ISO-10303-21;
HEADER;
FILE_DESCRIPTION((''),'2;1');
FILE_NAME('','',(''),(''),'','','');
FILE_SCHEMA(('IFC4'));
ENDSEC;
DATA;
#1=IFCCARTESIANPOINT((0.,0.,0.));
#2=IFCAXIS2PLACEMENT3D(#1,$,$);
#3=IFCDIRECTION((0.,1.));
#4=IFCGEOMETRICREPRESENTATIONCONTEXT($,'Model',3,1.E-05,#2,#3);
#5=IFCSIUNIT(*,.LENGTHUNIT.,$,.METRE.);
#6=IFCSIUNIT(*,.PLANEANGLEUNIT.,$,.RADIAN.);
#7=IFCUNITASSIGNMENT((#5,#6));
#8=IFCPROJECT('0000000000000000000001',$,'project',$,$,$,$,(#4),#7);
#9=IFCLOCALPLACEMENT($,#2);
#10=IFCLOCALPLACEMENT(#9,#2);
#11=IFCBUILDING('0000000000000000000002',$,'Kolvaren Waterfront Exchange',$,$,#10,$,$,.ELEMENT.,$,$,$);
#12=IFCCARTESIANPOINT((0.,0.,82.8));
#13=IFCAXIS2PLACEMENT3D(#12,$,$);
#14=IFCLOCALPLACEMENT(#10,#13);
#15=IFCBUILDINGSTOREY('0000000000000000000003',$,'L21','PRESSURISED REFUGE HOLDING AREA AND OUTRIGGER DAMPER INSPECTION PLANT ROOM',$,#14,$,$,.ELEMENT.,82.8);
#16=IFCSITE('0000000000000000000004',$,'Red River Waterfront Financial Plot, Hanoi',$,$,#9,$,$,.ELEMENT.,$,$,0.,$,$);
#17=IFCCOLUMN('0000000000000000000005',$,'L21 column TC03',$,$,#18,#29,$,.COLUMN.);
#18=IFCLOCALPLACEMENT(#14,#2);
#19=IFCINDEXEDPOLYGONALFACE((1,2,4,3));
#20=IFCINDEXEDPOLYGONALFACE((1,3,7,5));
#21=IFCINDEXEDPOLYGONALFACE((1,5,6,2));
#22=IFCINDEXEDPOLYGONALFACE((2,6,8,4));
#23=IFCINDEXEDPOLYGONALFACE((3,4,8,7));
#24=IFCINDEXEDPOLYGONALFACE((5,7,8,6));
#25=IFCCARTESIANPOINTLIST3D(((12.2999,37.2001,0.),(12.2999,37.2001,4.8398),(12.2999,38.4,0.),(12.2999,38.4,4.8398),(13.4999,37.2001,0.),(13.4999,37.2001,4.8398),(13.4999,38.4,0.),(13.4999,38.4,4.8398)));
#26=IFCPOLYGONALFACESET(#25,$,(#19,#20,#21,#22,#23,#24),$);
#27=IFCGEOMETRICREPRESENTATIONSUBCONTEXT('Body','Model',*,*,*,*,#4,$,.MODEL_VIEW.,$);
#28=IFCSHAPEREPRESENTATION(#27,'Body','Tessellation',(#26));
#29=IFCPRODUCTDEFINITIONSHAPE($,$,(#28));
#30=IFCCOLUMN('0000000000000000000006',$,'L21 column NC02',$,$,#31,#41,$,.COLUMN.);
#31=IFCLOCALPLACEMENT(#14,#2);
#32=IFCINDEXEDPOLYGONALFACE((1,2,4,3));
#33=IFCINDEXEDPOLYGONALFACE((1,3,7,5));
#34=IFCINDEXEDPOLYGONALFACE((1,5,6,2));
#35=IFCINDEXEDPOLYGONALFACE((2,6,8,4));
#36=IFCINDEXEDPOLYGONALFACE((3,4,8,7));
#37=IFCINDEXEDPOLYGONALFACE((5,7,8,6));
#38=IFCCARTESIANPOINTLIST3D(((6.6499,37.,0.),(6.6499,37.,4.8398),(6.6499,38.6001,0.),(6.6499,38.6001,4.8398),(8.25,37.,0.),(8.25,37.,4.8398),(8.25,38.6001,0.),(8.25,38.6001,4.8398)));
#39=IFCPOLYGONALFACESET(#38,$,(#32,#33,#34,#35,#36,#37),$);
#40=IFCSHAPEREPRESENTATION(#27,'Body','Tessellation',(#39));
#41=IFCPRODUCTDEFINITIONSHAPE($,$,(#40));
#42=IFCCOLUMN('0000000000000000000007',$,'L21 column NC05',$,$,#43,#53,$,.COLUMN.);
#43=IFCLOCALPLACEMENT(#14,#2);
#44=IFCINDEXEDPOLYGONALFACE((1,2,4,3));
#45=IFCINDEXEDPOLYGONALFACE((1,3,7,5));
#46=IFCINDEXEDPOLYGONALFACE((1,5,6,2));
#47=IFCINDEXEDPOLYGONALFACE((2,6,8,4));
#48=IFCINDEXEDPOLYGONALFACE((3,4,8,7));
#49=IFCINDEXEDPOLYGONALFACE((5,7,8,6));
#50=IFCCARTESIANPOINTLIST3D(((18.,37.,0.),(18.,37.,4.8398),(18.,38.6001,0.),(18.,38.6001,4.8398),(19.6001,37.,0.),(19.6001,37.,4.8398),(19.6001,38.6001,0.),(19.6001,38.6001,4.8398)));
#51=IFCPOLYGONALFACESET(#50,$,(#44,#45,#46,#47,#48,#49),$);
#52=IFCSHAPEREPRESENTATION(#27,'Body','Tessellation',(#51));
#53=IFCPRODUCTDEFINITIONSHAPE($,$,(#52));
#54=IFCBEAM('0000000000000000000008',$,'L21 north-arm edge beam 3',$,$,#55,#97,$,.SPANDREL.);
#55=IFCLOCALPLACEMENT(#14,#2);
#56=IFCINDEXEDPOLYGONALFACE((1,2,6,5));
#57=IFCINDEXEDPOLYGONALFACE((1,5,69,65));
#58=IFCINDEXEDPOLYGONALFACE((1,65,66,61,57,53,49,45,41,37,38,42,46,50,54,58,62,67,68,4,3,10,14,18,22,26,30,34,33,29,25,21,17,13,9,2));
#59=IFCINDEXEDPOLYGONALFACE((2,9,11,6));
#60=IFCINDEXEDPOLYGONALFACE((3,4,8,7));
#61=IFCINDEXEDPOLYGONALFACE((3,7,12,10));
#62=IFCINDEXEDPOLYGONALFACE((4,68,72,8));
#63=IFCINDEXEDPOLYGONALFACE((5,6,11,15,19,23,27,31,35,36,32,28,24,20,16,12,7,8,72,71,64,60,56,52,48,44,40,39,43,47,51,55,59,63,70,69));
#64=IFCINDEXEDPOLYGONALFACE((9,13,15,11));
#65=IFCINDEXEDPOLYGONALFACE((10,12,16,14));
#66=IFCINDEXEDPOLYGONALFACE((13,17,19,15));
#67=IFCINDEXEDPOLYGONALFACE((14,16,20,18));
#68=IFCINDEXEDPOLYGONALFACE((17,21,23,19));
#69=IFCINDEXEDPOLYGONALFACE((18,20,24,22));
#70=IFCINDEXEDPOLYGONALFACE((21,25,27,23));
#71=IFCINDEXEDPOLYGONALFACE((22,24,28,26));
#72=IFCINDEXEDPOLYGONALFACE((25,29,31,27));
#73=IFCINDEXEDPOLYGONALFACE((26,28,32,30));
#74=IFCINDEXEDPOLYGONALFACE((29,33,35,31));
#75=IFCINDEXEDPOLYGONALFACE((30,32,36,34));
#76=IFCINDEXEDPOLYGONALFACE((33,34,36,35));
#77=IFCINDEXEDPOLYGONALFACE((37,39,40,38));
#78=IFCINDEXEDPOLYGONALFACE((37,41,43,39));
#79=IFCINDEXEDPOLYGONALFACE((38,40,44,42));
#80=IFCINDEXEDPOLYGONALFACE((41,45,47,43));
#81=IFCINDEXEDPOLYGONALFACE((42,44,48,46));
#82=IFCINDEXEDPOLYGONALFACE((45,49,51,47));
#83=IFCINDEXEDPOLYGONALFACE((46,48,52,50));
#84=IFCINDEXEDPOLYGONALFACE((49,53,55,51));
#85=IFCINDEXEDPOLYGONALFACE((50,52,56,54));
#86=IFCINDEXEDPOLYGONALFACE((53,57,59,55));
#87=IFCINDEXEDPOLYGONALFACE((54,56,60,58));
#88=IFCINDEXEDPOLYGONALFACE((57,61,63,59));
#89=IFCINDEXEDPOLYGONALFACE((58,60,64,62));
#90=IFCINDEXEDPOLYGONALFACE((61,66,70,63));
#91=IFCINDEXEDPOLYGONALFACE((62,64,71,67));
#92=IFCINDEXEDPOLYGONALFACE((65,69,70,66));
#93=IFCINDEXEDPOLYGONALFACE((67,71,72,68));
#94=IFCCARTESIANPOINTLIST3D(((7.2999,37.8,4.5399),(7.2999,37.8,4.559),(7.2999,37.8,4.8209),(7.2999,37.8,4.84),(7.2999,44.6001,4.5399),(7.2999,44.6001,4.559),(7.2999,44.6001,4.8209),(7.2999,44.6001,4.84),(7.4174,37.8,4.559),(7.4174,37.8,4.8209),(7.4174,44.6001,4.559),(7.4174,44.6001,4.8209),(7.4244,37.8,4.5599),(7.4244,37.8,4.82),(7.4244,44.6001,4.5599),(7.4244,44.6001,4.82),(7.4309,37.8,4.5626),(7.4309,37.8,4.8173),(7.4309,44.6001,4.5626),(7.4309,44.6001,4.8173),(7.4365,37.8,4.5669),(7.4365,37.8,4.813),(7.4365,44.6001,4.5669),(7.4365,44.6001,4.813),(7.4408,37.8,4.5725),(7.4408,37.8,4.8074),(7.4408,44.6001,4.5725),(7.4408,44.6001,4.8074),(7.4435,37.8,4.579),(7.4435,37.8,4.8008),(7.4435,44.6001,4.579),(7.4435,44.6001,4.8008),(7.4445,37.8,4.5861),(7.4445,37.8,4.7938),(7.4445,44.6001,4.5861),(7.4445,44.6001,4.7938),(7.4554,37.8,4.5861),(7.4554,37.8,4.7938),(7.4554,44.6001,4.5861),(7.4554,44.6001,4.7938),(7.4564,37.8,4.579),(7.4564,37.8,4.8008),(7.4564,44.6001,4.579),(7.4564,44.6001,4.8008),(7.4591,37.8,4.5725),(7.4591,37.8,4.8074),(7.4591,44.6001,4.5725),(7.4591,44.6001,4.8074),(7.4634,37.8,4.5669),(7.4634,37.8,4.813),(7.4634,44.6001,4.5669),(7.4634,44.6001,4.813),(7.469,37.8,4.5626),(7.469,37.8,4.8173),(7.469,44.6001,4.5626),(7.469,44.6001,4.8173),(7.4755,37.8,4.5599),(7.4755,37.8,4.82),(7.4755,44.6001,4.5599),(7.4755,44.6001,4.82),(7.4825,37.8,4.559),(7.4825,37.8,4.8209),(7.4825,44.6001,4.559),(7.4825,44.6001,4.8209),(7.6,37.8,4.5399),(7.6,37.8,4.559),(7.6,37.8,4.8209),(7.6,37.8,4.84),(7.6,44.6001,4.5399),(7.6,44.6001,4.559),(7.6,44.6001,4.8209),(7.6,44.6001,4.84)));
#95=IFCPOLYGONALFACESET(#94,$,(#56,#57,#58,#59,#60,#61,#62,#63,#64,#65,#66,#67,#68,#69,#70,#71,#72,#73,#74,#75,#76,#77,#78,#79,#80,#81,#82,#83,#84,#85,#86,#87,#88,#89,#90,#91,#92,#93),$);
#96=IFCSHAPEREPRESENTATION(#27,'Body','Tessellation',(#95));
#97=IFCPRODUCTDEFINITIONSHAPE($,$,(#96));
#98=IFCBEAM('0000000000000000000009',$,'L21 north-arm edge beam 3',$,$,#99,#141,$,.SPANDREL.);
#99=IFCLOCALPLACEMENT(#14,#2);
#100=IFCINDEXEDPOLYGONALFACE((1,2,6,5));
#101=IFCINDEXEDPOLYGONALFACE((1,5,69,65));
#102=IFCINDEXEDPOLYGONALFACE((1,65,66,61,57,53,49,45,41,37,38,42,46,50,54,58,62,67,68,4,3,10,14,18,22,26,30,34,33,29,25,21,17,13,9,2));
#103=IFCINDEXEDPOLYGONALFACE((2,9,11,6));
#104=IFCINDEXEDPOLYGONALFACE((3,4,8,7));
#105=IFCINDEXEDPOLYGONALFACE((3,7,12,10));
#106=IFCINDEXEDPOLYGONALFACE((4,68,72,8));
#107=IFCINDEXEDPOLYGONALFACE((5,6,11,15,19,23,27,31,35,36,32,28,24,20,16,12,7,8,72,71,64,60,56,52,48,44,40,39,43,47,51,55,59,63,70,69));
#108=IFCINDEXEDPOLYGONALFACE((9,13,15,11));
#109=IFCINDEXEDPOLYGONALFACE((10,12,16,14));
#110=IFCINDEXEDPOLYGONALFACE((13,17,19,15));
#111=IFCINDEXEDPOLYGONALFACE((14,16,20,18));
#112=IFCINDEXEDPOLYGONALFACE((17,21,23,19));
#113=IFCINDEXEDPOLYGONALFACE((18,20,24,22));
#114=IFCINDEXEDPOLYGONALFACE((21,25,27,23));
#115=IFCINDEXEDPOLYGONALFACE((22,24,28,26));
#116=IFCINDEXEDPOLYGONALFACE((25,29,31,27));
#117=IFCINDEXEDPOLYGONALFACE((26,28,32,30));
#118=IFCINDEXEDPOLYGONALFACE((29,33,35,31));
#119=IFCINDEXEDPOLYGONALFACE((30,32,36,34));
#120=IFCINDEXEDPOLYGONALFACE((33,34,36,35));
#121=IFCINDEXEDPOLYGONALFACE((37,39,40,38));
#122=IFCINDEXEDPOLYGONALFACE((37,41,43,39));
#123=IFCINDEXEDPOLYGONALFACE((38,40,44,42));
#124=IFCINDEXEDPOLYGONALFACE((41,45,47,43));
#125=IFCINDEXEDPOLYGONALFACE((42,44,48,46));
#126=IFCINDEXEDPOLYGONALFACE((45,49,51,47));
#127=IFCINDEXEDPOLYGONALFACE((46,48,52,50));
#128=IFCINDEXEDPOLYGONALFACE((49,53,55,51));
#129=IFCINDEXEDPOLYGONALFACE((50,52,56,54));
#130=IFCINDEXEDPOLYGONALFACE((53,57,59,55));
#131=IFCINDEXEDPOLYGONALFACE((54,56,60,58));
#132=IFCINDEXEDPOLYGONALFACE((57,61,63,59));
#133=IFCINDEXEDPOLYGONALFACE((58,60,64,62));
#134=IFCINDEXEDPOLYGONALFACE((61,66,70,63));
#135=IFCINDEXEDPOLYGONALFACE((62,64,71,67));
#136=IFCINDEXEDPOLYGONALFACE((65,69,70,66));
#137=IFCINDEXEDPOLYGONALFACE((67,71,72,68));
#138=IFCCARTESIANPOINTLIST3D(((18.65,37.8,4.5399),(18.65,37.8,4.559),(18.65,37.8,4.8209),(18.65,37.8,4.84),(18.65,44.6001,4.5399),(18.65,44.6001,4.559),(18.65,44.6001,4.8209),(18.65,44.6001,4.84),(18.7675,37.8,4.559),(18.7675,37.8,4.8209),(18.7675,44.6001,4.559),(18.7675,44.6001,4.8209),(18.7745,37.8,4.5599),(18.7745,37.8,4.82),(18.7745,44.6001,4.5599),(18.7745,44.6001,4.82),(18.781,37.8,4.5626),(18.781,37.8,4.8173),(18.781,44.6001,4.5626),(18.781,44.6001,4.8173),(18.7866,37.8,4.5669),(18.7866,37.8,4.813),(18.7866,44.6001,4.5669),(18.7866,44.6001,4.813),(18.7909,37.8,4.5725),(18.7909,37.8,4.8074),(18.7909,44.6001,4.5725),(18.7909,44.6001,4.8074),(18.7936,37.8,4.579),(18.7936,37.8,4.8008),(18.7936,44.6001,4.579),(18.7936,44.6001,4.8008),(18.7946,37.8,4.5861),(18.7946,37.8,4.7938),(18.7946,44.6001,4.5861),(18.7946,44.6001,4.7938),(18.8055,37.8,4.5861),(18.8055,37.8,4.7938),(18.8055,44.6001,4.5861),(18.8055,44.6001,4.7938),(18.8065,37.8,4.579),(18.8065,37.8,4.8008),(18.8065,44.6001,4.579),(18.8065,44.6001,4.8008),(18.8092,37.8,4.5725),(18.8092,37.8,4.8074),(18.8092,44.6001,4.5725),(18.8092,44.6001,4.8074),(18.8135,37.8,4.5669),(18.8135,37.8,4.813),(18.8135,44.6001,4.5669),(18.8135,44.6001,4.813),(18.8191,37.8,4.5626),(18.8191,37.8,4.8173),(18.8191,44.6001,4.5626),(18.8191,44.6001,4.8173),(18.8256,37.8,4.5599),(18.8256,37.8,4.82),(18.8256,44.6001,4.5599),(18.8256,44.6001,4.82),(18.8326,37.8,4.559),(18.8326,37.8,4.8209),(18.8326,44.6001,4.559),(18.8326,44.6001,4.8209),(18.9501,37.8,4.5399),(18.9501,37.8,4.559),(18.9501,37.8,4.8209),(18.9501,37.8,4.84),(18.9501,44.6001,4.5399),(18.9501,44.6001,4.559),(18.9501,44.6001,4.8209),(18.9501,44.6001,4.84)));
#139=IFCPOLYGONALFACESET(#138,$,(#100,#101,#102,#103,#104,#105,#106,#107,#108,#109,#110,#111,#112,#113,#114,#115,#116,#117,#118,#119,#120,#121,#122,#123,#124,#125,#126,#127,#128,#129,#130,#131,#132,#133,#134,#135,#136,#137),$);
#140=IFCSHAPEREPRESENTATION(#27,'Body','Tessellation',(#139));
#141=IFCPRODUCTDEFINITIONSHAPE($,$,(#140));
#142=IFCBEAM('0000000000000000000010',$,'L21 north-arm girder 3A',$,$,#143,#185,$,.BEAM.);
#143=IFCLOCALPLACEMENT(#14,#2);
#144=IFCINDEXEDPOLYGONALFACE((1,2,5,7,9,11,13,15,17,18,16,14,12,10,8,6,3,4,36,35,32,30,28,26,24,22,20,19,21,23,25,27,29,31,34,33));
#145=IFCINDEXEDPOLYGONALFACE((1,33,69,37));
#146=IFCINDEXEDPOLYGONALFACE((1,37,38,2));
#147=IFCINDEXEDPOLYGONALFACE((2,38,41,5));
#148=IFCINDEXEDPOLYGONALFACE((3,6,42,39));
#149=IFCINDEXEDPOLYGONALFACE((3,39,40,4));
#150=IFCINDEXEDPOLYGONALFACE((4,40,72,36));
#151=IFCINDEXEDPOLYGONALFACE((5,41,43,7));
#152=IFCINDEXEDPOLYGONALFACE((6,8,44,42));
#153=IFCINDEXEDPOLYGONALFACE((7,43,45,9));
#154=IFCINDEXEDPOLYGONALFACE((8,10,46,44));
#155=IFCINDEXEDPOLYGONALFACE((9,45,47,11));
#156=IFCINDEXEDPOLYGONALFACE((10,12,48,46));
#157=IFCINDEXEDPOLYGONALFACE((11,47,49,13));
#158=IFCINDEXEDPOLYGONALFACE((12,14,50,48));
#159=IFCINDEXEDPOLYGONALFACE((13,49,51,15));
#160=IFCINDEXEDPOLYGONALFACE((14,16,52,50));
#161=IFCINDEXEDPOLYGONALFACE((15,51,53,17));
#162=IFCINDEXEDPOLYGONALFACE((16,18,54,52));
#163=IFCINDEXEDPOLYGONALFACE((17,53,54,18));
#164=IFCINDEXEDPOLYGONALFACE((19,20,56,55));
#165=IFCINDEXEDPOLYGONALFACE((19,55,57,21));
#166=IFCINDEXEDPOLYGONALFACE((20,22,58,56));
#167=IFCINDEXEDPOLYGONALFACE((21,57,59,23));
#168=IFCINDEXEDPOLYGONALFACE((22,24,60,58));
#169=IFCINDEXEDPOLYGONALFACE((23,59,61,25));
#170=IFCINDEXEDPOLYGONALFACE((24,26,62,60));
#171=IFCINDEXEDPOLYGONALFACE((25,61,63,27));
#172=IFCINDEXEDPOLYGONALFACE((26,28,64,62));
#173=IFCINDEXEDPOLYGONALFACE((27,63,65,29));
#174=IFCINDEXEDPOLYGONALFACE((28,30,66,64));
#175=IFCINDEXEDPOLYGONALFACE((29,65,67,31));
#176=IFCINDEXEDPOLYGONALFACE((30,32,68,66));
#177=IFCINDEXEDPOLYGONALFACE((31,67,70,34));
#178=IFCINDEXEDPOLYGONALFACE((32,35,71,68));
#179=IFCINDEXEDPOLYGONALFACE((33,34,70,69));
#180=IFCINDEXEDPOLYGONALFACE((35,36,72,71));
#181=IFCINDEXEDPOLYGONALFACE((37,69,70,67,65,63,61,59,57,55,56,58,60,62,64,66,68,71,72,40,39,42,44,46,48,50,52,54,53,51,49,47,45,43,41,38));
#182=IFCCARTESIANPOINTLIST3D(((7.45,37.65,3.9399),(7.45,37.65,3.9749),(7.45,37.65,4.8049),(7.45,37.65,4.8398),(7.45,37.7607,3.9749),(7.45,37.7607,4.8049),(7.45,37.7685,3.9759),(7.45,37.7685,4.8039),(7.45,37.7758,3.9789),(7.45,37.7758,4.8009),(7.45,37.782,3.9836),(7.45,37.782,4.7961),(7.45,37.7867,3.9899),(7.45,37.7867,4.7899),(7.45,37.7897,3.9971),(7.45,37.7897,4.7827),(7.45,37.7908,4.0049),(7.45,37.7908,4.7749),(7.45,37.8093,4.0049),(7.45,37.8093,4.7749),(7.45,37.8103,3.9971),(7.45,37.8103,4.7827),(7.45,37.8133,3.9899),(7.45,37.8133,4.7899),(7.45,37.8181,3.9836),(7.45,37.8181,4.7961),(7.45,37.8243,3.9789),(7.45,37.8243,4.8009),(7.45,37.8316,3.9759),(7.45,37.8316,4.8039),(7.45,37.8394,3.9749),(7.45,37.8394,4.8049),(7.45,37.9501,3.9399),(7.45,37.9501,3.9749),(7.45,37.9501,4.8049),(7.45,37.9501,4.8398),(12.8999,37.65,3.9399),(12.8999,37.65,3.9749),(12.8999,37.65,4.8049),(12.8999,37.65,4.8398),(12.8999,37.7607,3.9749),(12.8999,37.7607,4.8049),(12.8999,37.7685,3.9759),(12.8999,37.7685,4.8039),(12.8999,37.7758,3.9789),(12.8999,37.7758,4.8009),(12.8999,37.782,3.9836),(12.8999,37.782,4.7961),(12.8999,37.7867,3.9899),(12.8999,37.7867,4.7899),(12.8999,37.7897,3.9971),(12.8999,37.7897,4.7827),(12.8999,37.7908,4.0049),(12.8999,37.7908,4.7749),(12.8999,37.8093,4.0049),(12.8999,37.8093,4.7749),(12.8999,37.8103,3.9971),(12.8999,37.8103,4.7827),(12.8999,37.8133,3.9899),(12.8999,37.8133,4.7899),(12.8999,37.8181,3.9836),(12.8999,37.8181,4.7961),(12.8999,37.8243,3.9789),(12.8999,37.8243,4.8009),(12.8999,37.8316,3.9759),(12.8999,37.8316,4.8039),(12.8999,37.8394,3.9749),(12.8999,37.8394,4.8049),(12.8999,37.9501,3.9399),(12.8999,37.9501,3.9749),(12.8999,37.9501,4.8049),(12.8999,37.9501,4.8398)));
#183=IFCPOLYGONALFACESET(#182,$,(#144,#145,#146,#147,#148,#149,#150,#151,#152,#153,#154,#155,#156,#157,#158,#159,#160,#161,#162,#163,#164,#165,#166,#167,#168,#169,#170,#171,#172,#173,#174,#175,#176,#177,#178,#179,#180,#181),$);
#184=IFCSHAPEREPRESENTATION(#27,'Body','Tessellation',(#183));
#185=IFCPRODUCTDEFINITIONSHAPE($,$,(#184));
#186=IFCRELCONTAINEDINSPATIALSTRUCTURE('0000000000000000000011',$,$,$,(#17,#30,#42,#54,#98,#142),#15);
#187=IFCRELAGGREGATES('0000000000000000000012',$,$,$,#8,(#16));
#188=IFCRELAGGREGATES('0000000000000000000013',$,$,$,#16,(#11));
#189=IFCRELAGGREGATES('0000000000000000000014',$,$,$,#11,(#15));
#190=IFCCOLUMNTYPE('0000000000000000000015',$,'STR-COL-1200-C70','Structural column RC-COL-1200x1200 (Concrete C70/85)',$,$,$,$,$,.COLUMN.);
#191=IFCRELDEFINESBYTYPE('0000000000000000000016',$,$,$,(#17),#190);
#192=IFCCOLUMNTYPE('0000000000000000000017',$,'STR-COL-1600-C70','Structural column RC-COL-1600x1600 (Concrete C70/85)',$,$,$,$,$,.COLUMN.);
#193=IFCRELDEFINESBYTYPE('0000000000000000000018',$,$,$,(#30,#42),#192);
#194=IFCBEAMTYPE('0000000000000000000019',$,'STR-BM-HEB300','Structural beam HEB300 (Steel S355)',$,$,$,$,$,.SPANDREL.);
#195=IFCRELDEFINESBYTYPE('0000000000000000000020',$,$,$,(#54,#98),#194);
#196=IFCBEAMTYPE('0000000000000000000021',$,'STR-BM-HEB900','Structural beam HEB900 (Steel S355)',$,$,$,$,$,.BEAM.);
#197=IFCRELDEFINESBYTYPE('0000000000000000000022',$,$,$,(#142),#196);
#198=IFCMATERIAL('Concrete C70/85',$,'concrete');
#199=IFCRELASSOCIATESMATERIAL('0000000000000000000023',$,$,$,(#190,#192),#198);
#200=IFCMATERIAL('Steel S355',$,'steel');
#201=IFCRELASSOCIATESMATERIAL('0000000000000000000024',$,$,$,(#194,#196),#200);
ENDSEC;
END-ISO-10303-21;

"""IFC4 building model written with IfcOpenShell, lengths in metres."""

from ifc_helpers import new_model, si_unit, direction, frame, origin, origin_2d, place, context, subcontext, project, spatial, rectangle, i_section, extrude, material, material_profile, profile_set, type_object, element, save


model = new_model("IFC4")

# Units and contexts
model_context = context("Model", 3, precision=1e-05, world=origin(), true_north=direction((0.0, 1.0)))
body_context = subcontext(model_context, "Body", "Model", "MODEL_VIEW")
ifc_project = project(units=[si_unit("LENGTHUNIT", "METRE"), si_unit("PLANEANGLEUNIT", "RADIAN")], contexts=[model_context])

# Site, building, storey
site_placement = place(None, origin())
site = spatial("IfcSite", under=ifc_project, at=site_placement, Name="Red River Waterfront Financial Plot, Hanoi", CompositionType="ELEMENT", RefElevation=0.0)
building_placement = place(site_placement, origin())
building = spatial("IfcBuilding", under=site, at=building_placement, Name="Kolvaren Waterfront Exchange", CompositionType="ELEMENT")
storey_placement = place(building_placement, frame((0.0, 0.0, 82.8)))
storey = spatial("IfcBuildingStorey", under=building, at=storey_placement, Name="L21", Description="PRESSURISED REFUGE HOLDING AREA AND OUTRIGGER DAMPER INSPECTION PLANT ROOM", CompositionType="ELEMENT", Elevation=82.8)

# Columns
ifc_material_1 = material(Name="Concrete C70/85", Category="concrete")
ifc_material_profile_1 = material_profile(ifc_material_1, rectangle(XDim=1.2, YDim=1.2, at=origin_2d()), Name="RC-COL-1200x1200")
ifc_profile_set_1 = profile_set([ifc_material_profile_1], Name="Concrete C70/85")
column_type_1 = type_object("IfcColumnType", Name="STR-COL-1200-C70", Description="Structural column RC-COL-1200x1200 (Concrete C70/85)", PredefinedType="COLUMN", material=ifc_profile_set_1)
column_placement = place(storey_placement, frame((12.8999, 37.8, 0.0), z_axis=(0.0, 0.0, 1.0), x_axis=(1.0, 0.0, 0.0)))
element("IfcColumn", 1, at=column_placement, inside=storey, type_object=column_type_1, Name="L21 column TC03", PredefinedType="COLUMN", context=body_context, shape_type="SweptSolid", body=[
    extrude(rectangle(XDim=1.2, YDim=1.2, at=origin_2d()), origin(), (0.0, 0.0, 1.0), 4.8398),
])
ifc_material_profile_2 = material_profile(ifc_material_1, rectangle(XDim=1.6001, YDim=1.6001, at=origin_2d()), Name="RC-COL-1600x1600")
ifc_profile_set_2 = profile_set([ifc_material_profile_2], Name="Concrete C70/85")
column_type_2 = type_object("IfcColumnType", Name="STR-COL-1600-C70", Description="Structural column RC-COL-1600x1600 (Concrete C70/85)", PredefinedType="COLUMN", material=ifc_profile_set_2)
for number, where, z_axis, x_axis, name in (
    (2, (7.45, 37.8, 0.0), (0.0, 0.0, 1.0), (1.0, 0.0, 0.0), "L21 column NC02"),
    (3, (18.8, 37.8, 0.0), (0.0, 0.0, 1.0), (1.0, 0.0, 0.0), "L21 column NC05"),
):
    element("IfcColumn", number, at=place(storey_placement, frame(where, z_axis=z_axis, x_axis=x_axis)), inside=storey, type_object=column_type_2, Name=name, PredefinedType="COLUMN", context=body_context, shape_type="SweptSolid", body=[
        extrude(rectangle(XDim=1.6001, YDim=1.6001, at=origin_2d()), origin(), (0.0, 0.0, 1.0), 4.8398),
    ])

# Beams
ifc_material_2 = material(Name="Steel S355", Category="steel")
ifc_material_profile_3 = material_profile(ifc_material_2, i_section(OverallWidth=0.3, OverallDepth=0.3, WebThickness=0.011, FlangeThickness=0.019, FilletRadius=0.0271, at=origin_2d()), Name="HEB300")
ifc_profile_set_3 = profile_set([ifc_material_profile_3], Name="Steel S355")
beam_type_1 = type_object("IfcBeamType", Name="STR-BM-HEB300", Description="Structural beam HEB300 (Steel S355)", PredefinedType="SPANDREL", material=ifc_profile_set_3)
for number, where, z_axis, x_axis, name in (
    (4, (7.45, 37.8, 4.6899), (0.0, 1.0, 0.0), (-1.0, 0.0, 0.0), "L21 north-arm edge beam 3"),
    (5, (18.8, 37.8, 4.6899), (0.0, 1.0, 0.0), (-1.0, 0.0, 0.0), "L21 north-arm edge beam 3"),
):
    element("IfcBeam", number, at=place(storey_placement, frame(where, z_axis=z_axis, x_axis=x_axis)), inside=storey, type_object=beam_type_1, Name=name, PredefinedType="SPANDREL", context=body_context, shape_type="SweptSolid", body=[
        extrude(i_section(OverallWidth=0.3, OverallDepth=0.3, WebThickness=0.011, FlangeThickness=0.019, FilletRadius=0.0271, at=origin_2d()), origin(), (0.0, 0.0, 1.0), 6.8),
    ])
ifc_material_profile_4 = material_profile(ifc_material_2, i_section(OverallWidth=0.3, OverallDepth=0.8999, WebThickness=0.0186, FlangeThickness=0.0349, FilletRadius=0.03, at=origin_2d()), Name="HEB900")
ifc_profile_set_4 = profile_set([ifc_material_profile_4], Name="Steel S355")
beam_type_2 = type_object("IfcBeamType", Name="STR-BM-HEB900", Description="Structural beam HEB900 (Steel S355)", PredefinedType="BEAM", material=ifc_profile_set_4)
beam_1_placement = place(storey_placement, frame((7.45, 37.8, 4.3899), z_axis=(1.0, 0.0, 0.0), x_axis=(0.0, 1.0, 0.0)))
element("IfcBeam", 6, at=beam_1_placement, inside=storey, type_object=beam_type_2, Name="L21 north-arm girder 3A", PredefinedType="BEAM", context=body_context, shape_type="SweptSolid", body=[
    extrude(i_section(OverallWidth=0.3, OverallDepth=0.8999, WebThickness=0.0186, FlangeThickness=0.0349, FilletRadius=0.03, at=origin_2d()), origin(), (0.0, 0.0, 1.0), 5.45),
])

save(model, "model.ifc")
